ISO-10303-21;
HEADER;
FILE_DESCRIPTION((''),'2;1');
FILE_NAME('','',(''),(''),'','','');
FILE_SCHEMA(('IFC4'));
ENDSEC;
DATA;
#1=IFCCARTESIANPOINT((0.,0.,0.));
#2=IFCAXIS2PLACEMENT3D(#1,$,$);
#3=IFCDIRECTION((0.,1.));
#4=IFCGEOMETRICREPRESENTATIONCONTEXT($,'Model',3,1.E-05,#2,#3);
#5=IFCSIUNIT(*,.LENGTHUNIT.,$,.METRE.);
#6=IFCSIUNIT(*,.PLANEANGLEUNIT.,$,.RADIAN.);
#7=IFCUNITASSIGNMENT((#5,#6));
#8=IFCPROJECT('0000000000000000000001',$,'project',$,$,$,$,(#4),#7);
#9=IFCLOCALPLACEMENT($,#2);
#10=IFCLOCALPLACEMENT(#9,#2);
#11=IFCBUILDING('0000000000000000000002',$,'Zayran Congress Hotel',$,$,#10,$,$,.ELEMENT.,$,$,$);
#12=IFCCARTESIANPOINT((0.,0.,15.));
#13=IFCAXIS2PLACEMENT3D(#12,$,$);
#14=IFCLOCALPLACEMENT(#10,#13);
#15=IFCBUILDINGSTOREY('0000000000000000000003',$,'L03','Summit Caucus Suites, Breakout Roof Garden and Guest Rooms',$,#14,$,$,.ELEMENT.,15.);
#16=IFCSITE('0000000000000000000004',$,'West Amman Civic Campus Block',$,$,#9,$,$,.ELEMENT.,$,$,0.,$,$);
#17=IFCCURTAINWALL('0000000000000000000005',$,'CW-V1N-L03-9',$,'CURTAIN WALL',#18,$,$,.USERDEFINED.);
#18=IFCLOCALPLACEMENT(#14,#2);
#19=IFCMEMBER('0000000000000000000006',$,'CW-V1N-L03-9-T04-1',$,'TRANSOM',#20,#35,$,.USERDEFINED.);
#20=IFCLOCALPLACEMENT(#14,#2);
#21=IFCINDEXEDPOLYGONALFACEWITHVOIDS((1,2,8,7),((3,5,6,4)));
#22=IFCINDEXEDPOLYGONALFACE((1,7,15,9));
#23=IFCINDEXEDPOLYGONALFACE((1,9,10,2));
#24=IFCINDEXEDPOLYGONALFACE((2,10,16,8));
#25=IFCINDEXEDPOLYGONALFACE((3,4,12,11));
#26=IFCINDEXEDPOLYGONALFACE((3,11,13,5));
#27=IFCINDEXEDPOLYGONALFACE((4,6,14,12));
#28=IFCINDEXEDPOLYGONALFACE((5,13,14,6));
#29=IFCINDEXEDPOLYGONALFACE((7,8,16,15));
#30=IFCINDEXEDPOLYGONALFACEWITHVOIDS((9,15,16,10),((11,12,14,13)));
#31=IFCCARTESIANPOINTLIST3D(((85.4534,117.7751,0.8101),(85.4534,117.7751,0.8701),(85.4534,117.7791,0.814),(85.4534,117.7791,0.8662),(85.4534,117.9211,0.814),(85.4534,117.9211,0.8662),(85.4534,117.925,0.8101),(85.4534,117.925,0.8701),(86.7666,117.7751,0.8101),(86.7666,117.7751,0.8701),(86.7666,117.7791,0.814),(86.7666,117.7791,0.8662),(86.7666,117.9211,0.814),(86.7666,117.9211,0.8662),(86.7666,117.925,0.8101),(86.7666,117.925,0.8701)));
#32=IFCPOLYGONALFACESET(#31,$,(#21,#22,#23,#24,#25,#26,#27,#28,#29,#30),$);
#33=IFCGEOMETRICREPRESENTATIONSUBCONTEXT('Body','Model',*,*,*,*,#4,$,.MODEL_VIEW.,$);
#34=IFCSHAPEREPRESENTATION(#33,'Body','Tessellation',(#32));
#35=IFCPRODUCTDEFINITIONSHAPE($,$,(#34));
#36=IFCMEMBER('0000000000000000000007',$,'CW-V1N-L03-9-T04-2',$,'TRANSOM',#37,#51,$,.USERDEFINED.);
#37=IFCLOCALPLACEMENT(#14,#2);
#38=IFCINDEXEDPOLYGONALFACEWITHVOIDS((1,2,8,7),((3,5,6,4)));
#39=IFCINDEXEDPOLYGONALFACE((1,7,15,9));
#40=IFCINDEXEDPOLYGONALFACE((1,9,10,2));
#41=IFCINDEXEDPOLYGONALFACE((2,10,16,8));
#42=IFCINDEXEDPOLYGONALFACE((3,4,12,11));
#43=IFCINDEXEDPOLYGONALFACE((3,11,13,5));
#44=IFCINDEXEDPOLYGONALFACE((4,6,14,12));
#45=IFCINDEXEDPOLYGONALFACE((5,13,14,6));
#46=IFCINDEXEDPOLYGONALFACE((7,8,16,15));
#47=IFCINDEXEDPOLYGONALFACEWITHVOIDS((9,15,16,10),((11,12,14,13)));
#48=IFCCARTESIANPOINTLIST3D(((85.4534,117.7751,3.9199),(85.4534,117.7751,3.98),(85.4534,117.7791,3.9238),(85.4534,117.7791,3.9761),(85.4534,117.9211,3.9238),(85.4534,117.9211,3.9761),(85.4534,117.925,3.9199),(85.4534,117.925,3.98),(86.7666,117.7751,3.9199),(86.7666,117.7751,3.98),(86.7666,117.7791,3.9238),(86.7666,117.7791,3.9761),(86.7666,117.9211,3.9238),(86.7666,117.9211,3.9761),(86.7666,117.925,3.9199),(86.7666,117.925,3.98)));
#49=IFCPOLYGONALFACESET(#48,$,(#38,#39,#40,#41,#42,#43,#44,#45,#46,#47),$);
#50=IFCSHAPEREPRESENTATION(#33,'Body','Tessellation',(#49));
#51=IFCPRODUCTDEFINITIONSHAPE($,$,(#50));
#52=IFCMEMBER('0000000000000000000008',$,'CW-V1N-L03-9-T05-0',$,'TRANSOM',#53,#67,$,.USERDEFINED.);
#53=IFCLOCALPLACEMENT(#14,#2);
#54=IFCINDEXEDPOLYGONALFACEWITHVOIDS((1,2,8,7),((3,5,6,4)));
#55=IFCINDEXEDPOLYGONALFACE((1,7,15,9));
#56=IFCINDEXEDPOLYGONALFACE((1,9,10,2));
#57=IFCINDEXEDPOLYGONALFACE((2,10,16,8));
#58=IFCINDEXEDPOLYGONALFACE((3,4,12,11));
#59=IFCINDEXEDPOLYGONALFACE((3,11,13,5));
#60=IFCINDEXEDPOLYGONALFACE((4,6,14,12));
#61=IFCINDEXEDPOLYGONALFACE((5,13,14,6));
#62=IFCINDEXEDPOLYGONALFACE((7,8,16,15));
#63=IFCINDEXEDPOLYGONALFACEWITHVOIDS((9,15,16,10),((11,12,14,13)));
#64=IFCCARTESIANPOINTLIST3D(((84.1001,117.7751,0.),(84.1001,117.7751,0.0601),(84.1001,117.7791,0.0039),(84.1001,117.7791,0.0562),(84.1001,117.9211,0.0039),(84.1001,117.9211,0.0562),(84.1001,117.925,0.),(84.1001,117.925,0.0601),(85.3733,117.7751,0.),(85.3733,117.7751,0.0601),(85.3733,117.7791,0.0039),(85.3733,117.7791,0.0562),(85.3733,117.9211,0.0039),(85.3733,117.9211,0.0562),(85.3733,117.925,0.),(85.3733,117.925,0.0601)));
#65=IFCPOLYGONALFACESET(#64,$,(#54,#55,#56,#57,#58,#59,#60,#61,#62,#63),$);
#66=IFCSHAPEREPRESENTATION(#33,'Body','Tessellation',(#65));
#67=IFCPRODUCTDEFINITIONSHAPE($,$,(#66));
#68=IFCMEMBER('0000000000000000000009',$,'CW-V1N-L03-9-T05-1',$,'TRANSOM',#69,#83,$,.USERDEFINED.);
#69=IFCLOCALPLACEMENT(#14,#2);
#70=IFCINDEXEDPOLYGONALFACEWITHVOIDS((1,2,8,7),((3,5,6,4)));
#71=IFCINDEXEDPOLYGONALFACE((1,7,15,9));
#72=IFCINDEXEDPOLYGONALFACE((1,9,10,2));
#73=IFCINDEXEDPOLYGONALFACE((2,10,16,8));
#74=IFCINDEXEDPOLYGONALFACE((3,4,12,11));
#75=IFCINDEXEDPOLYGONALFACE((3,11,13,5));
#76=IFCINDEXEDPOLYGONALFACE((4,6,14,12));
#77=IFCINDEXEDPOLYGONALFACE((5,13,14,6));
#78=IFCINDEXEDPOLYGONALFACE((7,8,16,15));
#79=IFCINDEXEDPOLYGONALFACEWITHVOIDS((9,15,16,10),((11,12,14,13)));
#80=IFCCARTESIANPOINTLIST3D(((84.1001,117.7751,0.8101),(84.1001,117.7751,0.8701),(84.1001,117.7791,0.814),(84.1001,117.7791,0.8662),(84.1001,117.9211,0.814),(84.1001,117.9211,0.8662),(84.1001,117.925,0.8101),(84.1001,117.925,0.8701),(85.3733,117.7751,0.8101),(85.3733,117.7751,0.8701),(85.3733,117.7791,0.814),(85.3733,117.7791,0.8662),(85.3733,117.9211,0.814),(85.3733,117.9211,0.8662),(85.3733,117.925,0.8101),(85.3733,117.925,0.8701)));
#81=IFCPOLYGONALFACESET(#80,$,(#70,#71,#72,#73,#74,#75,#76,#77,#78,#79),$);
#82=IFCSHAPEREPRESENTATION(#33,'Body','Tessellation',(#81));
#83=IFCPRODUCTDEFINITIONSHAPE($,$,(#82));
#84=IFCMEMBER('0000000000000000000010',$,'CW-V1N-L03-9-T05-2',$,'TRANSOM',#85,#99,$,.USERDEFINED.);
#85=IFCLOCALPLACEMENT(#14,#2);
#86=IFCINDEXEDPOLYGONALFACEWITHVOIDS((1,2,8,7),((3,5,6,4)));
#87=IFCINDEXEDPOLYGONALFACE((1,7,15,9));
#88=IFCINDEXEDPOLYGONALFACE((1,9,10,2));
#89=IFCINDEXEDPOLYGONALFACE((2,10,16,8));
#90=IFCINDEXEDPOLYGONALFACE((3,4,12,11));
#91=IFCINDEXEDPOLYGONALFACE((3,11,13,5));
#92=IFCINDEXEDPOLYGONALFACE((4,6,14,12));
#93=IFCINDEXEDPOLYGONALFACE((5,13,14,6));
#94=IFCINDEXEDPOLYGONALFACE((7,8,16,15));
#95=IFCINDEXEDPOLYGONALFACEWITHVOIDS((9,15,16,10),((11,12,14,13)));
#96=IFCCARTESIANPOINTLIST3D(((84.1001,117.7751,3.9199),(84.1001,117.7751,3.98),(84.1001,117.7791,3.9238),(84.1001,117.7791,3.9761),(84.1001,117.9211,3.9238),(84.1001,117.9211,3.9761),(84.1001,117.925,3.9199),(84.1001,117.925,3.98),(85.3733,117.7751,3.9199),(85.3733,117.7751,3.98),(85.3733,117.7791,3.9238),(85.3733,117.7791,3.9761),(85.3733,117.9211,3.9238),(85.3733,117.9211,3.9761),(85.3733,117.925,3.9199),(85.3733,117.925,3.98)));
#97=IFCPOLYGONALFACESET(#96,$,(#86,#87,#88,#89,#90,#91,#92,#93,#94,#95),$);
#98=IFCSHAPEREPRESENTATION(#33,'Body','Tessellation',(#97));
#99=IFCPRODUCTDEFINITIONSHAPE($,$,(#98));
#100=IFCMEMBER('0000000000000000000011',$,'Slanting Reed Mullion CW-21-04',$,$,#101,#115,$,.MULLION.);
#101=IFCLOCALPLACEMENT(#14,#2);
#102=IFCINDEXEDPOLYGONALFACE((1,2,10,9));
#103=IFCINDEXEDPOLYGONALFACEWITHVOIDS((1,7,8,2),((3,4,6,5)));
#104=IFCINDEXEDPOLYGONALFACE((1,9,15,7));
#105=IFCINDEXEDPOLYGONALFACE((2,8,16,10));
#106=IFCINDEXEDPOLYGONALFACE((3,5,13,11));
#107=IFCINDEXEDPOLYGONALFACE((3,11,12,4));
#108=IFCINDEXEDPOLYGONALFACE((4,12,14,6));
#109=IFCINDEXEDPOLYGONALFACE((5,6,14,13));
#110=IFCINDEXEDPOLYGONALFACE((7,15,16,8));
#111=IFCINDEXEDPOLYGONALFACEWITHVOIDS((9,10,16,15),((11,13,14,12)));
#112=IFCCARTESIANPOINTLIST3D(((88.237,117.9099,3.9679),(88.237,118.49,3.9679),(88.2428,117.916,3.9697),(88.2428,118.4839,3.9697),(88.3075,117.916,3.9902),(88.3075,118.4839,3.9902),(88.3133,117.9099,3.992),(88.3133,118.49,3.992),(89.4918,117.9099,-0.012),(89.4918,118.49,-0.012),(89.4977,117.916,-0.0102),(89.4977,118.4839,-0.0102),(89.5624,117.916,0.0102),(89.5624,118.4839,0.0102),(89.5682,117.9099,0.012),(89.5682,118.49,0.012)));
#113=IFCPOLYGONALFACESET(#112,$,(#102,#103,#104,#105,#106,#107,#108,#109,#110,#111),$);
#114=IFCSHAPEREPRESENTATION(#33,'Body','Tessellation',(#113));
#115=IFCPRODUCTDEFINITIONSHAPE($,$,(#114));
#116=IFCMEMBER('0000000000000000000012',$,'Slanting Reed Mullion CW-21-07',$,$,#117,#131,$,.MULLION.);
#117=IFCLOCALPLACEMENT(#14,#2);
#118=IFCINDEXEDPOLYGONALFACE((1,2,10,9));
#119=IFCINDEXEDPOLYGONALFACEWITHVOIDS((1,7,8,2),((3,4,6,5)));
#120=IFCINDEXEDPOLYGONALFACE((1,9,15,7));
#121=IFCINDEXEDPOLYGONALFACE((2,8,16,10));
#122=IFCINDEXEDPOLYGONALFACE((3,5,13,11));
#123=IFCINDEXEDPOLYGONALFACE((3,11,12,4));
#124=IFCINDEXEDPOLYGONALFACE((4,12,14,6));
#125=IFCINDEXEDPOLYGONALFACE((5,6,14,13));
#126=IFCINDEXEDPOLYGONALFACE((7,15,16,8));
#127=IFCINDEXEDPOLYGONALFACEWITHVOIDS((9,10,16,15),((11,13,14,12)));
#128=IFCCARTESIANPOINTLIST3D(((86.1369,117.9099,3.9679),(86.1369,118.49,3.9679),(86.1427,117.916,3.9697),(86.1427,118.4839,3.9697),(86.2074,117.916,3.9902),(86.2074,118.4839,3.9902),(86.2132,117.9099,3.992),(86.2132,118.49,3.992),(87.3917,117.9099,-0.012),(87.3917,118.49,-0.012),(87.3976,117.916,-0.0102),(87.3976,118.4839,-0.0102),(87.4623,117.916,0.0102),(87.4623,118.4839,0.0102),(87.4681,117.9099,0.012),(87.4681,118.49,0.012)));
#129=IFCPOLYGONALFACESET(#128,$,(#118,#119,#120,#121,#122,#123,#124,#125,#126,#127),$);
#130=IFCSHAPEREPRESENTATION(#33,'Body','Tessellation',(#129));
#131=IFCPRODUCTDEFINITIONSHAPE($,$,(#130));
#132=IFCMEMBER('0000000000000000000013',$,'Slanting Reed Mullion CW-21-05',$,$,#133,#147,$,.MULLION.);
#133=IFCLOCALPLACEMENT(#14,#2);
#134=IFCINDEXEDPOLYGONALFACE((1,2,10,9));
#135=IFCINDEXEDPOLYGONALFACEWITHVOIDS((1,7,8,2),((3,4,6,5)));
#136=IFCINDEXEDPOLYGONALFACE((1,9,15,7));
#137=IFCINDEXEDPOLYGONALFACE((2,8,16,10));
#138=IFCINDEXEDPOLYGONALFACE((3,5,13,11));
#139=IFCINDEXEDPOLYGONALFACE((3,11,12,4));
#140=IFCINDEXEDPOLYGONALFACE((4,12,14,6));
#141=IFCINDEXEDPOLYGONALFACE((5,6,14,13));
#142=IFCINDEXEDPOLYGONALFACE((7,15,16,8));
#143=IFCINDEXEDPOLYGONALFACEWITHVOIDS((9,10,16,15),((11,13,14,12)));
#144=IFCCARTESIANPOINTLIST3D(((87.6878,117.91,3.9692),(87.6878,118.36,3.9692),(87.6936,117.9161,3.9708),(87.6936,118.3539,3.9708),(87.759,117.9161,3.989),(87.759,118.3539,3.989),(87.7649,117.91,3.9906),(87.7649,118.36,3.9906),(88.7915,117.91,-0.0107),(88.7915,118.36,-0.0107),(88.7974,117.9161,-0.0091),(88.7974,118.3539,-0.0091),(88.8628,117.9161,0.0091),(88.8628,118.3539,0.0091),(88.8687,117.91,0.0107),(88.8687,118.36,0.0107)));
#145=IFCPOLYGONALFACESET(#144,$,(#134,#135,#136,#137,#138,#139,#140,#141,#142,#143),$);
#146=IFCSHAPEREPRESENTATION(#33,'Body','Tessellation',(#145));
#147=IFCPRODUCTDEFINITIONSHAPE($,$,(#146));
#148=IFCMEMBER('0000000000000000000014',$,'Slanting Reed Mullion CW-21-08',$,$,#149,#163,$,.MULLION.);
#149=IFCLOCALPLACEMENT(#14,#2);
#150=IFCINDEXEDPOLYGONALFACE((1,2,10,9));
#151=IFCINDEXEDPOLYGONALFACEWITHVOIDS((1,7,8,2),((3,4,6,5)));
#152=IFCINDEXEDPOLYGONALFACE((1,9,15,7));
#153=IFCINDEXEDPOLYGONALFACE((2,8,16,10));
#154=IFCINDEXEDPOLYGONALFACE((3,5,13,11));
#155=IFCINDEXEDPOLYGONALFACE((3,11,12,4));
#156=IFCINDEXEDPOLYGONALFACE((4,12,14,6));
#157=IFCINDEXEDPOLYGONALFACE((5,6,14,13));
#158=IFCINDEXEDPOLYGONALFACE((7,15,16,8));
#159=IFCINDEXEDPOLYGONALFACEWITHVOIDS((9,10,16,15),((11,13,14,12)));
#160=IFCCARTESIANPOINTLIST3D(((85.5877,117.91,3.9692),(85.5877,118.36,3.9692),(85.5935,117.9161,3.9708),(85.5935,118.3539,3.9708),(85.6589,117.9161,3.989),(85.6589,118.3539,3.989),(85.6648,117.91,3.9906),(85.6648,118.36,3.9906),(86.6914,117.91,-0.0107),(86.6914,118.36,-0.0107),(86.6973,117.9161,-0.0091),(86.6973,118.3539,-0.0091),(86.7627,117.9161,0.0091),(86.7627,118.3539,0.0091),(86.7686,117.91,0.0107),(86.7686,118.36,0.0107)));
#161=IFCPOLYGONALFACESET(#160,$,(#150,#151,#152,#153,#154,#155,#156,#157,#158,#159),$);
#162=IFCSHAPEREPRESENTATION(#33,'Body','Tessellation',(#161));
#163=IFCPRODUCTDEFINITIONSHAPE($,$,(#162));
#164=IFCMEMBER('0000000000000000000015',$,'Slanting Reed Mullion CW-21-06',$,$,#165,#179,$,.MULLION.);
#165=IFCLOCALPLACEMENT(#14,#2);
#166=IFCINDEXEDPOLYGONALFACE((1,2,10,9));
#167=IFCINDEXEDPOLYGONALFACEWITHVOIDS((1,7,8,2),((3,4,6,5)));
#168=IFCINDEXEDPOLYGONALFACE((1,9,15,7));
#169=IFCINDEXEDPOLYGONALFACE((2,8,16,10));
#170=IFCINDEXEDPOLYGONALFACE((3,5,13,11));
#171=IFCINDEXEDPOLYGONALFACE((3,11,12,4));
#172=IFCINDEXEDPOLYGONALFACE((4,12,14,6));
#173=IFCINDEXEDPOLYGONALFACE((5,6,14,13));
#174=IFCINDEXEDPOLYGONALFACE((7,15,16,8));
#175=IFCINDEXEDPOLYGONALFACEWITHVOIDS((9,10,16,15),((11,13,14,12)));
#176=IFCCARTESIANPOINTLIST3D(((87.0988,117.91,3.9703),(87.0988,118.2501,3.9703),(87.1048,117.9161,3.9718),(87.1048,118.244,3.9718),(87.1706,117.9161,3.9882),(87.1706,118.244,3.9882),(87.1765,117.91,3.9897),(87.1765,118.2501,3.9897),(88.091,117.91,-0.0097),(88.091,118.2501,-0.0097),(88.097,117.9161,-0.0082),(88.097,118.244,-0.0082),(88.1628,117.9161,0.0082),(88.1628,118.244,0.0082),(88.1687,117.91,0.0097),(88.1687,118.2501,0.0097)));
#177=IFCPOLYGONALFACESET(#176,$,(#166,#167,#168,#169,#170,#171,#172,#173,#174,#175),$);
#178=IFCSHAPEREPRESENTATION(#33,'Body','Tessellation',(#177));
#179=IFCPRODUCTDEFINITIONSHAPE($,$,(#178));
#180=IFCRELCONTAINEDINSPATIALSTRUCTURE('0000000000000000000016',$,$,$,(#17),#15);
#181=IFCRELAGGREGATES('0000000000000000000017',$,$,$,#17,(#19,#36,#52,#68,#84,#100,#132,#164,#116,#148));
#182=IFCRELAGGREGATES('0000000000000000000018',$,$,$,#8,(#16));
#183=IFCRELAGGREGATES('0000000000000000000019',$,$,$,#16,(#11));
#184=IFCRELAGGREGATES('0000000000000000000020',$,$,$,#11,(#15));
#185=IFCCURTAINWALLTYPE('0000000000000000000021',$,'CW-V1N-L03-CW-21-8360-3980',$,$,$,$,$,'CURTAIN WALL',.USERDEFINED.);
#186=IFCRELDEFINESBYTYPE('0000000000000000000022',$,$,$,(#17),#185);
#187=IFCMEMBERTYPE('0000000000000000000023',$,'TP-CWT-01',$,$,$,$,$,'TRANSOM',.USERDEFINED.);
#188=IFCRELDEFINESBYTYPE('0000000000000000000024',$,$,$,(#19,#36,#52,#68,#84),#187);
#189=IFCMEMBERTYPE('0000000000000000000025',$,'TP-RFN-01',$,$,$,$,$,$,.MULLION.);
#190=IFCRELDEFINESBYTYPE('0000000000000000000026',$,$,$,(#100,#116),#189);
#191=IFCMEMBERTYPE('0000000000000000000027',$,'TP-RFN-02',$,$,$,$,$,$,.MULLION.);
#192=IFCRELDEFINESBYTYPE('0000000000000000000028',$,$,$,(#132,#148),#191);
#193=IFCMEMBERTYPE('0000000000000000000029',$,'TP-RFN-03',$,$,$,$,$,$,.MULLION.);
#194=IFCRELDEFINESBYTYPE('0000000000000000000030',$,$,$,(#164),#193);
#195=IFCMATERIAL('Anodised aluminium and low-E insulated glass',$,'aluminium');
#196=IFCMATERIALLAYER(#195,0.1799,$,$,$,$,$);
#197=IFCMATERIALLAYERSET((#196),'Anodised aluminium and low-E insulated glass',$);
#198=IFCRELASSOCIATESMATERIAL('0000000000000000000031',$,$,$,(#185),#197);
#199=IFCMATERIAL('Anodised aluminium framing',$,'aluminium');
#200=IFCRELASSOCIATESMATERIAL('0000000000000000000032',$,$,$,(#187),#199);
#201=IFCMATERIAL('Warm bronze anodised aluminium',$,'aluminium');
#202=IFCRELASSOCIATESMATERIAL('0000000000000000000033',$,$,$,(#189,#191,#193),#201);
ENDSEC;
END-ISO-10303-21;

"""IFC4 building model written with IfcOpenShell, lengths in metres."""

from ifc_helpers import new_model, si_unit, direction, frame, origin, origin_2d, place, context, subcontext, project, spatial, hollow_rectangle, extrude, material, layer, layer_set, material_profile, profile_set, type_object, element, aggregate, save


model = new_model("IFC4")

# Units and contexts
model_context = context("Model", 3, precision=1e-05, world=origin(), true_north=direction((0.0, 1.0)))
body_context = subcontext(model_context, "Body", "Model", "MODEL_VIEW")
ifc_project = project(units=[si_unit("LENGTHUNIT", "METRE"), si_unit("PLANEANGLEUNIT", "RADIAN")], contexts=[model_context])

# Site, building, storey
site_placement = place(None, origin())
site = spatial("IfcSite", under=ifc_project, at=site_placement, Name="West Amman Civic Campus Block", CompositionType="ELEMENT", RefElevation=0.0)
building_placement = place(site_placement, origin())
building = spatial("IfcBuilding", under=site, at=building_placement, Name="Zayran Congress Hotel", CompositionType="ELEMENT")
storey_placement = place(building_placement, frame((0.0, 0.0, 15.0)))
storey = spatial("IfcBuildingStorey", under=building, at=storey_placement, Name="L03", Description="Summit Caucus Suites, Breakout Roof Garden and Guest Rooms", CompositionType="ELEMENT", Elevation=15.0)

# Curtain wall, members
ifc_material_1 = material(Name="Anodised aluminium and low-E insulated glass", Category="aluminium")
ifc_layer_1 = layer(ifc_material_1, 0.1799)
ifc_layer_set_1 = layer_set([ifc_layer_1], Name="Anodised aluminium and low-E insulated glass")
curtain_wall_type = type_object("IfcCurtainWallType", Name="CW-V1N-L03-CW-21-8360-3980", ElementType="CURTAIN WALL", PredefinedType="USERDEFINED", material=ifc_layer_set_1)
curtain_wall_placement = place(storey_placement, origin())
curtain_wall = element("IfcCurtainWall", 1, at=curtain_wall_placement, inside=storey, type_object=curtain_wall_type, Name="CW-V1N-L03-9", ObjectType="CURTAIN WALL", PredefinedType="USERDEFINED")
ifc_material_2 = material(Name="Anodised aluminium framing", Category="aluminium")
ifc_material_profile_1 = material_profile(ifc_material_2, hollow_rectangle(XDim=0.0601, YDim=0.1499, WallThickness=0.0039, at=origin_2d()), Name="RHS 150x60x4")
ifc_profile_set_1 = profile_set([ifc_material_profile_1], Name="Anodised aluminium framing")
member_type_1 = type_object("IfcMemberType", Name="TP-CWT-01", ElementType="TRANSOM", PredefinedType="USERDEFINED", material=ifc_profile_set_1)
member_1_placement = place(storey_placement, frame((86.7666, 117.8501, 0.8401), z_axis=(-1.0, 0.0, 0.0), x_axis=(0.0, 0.0, 1.0)))
member_1 = element("IfcMember", 2, at=member_1_placement, type_object=member_type_1, Name="CW-V1N-L03-9-T04-1", ObjectType="TRANSOM", PredefinedType="USERDEFINED", context=body_context, shape_type="SweptSolid", body=[
    extrude(hollow_rectangle(XDim=0.0601, YDim=0.1499, WallThickness=0.0039, at=origin_2d()), origin(), (0.0, 0.0, 1.0), 1.3132),
])
member_2_placement = place(storey_placement, frame((86.7666, 117.8501, 3.95), z_axis=(-1.0, 0.0, 0.0), x_axis=(0.0, 0.0, 1.0)))
member_2 = element("IfcMember", 3, at=member_2_placement, type_object=member_type_1, Name="CW-V1N-L03-9-T04-2", ObjectType="TRANSOM", PredefinedType="USERDEFINED", context=body_context, shape_type="SweptSolid", body=[
    extrude(hollow_rectangle(XDim=0.0601, YDim=0.1499, WallThickness=0.0039, at=origin_2d()), origin(), (0.0, 0.0, 1.0), 1.3132),
])
member_3_placement = place(storey_placement, frame((85.3733, 117.8501, 0.03), z_axis=(-1.0, 0.0, 0.0), x_axis=(0.0, 0.0, 1.0)))
member_3 = element("IfcMember", 4, at=member_3_placement, type_object=member_type_1, Name="CW-V1N-L03-9-T05-0", ObjectType="TRANSOM", PredefinedType="USERDEFINED", context=body_context, shape_type="SweptSolid", body=[
    extrude(hollow_rectangle(XDim=0.0601, YDim=0.1499, WallThickness=0.0039, at=origin_2d()), origin(), (0.0, 0.0, 1.0), 1.2732),
])
member_4_placement = place(storey_placement, frame((85.3733, 117.8501, 0.8401), z_axis=(-1.0, 0.0, 0.0), x_axis=(0.0, 0.0, 1.0)))
member_4 = element("IfcMember", 5, at=member_4_placement, type_object=member_type_1, Name="CW-V1N-L03-9-T05-1", ObjectType="TRANSOM", PredefinedType="USERDEFINED", context=body_context, shape_type="SweptSolid", body=[
    extrude(hollow_rectangle(XDim=0.0601, YDim=0.1499, WallThickness=0.0039, at=origin_2d()), origin(), (0.0, 0.0, 1.0), 1.2732),
])
member_5_placement = place(storey_placement, frame((85.3733, 117.8501, 3.95), z_axis=(-1.0, 0.0, 0.0), x_axis=(0.0, 0.0, 1.0)))
member_5 = element("IfcMember", 6, at=member_5_placement, type_object=member_type_1, Name="CW-V1N-L03-9-T05-2", ObjectType="TRANSOM", PredefinedType="USERDEFINED", context=body_context, shape_type="SweptSolid", body=[
    extrude(hollow_rectangle(XDim=0.0601, YDim=0.1499, WallThickness=0.0039, at=origin_2d()), origin(), (0.0, 0.0, 1.0), 1.2732),
])
ifc_material_3 = material(Name="Warm bronze anodised aluminium", Category="aluminium")
ifc_material_profile_2 = material_profile(ifc_material_3, hollow_rectangle(XDim=0.0801, YDim=0.5801, WallThickness=0.0061, at=origin_2d()), Name="RHS 580x80x6")
ifc_profile_set_2 = profile_set([ifc_material_profile_2], Name="Warm bronze anodised aluminium")
member_type_2 = type_object("IfcMemberType", Name="TP-RFN-01", PredefinedType="MULLION", material=ifc_profile_set_2)
member_6_placement = place(storey_placement, frame((89.53, 118.2, 0.0), z_axis=(-0.300706, 0.0, 0.953717), x_axis=(0.953717, 0.0, 0.300706)))
member_6 = element("IfcMember", 7, at=member_6_placement, type_object=member_type_2, Name="Slanting Reed Mullion CW-21-04", PredefinedType="MULLION", context=body_context, shape_type="SweptSolid", body=[
    extrude(hollow_rectangle(XDim=0.0801, YDim=0.5801, WallThickness=0.0061, at=origin_2d()), origin(), (0.0, 0.0, 1.0), 4.1731),
])
member_7_placement = place(storey_placement, frame((87.4299, 118.2, 0.0), z_axis=(-0.300706, 0.0, 0.953717), x_axis=(0.953717, 0.0, 0.300706)))
member_7 = element("IfcMember", 8, at=member_7_placement, type_object=member_type_2, Name="Slanting Reed Mullion CW-21-07", PredefinedType="MULLION", context=body_context, shape_type="SweptSolid", body=[
    extrude(hollow_rectangle(XDim=0.0801, YDim=0.5801, WallThickness=0.0061, at=origin_2d()), origin(), (0.0, 0.0, 1.0), 4.1731),
])
ifc_material_profile_3 = material_profile(ifc_material_3, hollow_rectangle(XDim=0.0801, YDim=0.45, WallThickness=0.0061, at=origin_2d()), Name="RHS 450x80x6")
ifc_profile_set_3 = profile_set([ifc_material_profile_3], Name="Warm bronze anodised aluminium")
member_type_3 = type_object("IfcMemberType", Name="TP-RFN-02", PredefinedType="MULLION", material=ifc_profile_set_3)
member_8_placement = place(storey_placement, frame((88.8301, 118.135, 0.0), z_axis=(-0.267241, 0.0, 0.96363), x_axis=(0.96363, 0.0, 0.267241)))
member_8 = element("IfcMember", 9, at=member_8_placement, type_object=member_type_3, Name="Slanting Reed Mullion CW-21-05", PredefinedType="MULLION", context=body_context, shape_type="SweptSolid", body=[
    extrude(hollow_rectangle(XDim=0.0801, YDim=0.45, WallThickness=0.0061, at=origin_2d()), origin(), (0.0, 0.0, 1.0), 4.1301),
])
member_9_placement = place(storey_placement, frame((86.73, 118.135, 0.0), z_axis=(-0.267241, 0.0, 0.96363), x_axis=(0.96363, 0.0, 0.267241)))
member_9 = element("IfcMember", 10, at=member_9_placement, type_object=member_type_3, Name="Slanting Reed Mullion CW-21-08", PredefinedType="MULLION", context=body_context, shape_type="SweptSolid", body=[
    extrude(hollow_rectangle(XDim=0.0801, YDim=0.45, WallThickness=0.0061, at=origin_2d()), origin(), (0.0, 0.0, 1.0), 4.1301),
])
ifc_material_profile_4 = material_profile(ifc_material_3, hollow_rectangle(XDim=0.0801, YDim=0.3401, WallThickness=0.0061, at=origin_2d()), Name="RHS 340x80x6")
ifc_profile_set_4 = profile_set([ifc_material_profile_4], Name="Warm bronze anodised aluminium")
member_type_4 = type_object("IfcMemberType", Name="TP-RFN-03", PredefinedType="MULLION", material=ifc_profile_set_4)
member_10_placement = place(storey_placement, frame((88.1299, 118.0801, 0.0), z_axis=(-0.241891, 0.0, 0.970303), x_axis=(0.970303, 0.0, 0.241891)))
member_10 = element("IfcMember", 11, at=member_10_placement, type_object=member_type_4, Name="Slanting Reed Mullion CW-21-06", PredefinedType="MULLION", context=body_context, shape_type="SweptSolid", body=[
    extrude(hollow_rectangle(XDim=0.0801, YDim=0.3401, WallThickness=0.0061, at=origin_2d()), origin(), (0.0, 0.0, 1.0), 4.1018),
])
aggregate(curtain_wall, [member_1, member_2, member_3, member_4, member_5, member_6, member_8, member_10, member_7, member_9])

save(model, "model.ifc")
